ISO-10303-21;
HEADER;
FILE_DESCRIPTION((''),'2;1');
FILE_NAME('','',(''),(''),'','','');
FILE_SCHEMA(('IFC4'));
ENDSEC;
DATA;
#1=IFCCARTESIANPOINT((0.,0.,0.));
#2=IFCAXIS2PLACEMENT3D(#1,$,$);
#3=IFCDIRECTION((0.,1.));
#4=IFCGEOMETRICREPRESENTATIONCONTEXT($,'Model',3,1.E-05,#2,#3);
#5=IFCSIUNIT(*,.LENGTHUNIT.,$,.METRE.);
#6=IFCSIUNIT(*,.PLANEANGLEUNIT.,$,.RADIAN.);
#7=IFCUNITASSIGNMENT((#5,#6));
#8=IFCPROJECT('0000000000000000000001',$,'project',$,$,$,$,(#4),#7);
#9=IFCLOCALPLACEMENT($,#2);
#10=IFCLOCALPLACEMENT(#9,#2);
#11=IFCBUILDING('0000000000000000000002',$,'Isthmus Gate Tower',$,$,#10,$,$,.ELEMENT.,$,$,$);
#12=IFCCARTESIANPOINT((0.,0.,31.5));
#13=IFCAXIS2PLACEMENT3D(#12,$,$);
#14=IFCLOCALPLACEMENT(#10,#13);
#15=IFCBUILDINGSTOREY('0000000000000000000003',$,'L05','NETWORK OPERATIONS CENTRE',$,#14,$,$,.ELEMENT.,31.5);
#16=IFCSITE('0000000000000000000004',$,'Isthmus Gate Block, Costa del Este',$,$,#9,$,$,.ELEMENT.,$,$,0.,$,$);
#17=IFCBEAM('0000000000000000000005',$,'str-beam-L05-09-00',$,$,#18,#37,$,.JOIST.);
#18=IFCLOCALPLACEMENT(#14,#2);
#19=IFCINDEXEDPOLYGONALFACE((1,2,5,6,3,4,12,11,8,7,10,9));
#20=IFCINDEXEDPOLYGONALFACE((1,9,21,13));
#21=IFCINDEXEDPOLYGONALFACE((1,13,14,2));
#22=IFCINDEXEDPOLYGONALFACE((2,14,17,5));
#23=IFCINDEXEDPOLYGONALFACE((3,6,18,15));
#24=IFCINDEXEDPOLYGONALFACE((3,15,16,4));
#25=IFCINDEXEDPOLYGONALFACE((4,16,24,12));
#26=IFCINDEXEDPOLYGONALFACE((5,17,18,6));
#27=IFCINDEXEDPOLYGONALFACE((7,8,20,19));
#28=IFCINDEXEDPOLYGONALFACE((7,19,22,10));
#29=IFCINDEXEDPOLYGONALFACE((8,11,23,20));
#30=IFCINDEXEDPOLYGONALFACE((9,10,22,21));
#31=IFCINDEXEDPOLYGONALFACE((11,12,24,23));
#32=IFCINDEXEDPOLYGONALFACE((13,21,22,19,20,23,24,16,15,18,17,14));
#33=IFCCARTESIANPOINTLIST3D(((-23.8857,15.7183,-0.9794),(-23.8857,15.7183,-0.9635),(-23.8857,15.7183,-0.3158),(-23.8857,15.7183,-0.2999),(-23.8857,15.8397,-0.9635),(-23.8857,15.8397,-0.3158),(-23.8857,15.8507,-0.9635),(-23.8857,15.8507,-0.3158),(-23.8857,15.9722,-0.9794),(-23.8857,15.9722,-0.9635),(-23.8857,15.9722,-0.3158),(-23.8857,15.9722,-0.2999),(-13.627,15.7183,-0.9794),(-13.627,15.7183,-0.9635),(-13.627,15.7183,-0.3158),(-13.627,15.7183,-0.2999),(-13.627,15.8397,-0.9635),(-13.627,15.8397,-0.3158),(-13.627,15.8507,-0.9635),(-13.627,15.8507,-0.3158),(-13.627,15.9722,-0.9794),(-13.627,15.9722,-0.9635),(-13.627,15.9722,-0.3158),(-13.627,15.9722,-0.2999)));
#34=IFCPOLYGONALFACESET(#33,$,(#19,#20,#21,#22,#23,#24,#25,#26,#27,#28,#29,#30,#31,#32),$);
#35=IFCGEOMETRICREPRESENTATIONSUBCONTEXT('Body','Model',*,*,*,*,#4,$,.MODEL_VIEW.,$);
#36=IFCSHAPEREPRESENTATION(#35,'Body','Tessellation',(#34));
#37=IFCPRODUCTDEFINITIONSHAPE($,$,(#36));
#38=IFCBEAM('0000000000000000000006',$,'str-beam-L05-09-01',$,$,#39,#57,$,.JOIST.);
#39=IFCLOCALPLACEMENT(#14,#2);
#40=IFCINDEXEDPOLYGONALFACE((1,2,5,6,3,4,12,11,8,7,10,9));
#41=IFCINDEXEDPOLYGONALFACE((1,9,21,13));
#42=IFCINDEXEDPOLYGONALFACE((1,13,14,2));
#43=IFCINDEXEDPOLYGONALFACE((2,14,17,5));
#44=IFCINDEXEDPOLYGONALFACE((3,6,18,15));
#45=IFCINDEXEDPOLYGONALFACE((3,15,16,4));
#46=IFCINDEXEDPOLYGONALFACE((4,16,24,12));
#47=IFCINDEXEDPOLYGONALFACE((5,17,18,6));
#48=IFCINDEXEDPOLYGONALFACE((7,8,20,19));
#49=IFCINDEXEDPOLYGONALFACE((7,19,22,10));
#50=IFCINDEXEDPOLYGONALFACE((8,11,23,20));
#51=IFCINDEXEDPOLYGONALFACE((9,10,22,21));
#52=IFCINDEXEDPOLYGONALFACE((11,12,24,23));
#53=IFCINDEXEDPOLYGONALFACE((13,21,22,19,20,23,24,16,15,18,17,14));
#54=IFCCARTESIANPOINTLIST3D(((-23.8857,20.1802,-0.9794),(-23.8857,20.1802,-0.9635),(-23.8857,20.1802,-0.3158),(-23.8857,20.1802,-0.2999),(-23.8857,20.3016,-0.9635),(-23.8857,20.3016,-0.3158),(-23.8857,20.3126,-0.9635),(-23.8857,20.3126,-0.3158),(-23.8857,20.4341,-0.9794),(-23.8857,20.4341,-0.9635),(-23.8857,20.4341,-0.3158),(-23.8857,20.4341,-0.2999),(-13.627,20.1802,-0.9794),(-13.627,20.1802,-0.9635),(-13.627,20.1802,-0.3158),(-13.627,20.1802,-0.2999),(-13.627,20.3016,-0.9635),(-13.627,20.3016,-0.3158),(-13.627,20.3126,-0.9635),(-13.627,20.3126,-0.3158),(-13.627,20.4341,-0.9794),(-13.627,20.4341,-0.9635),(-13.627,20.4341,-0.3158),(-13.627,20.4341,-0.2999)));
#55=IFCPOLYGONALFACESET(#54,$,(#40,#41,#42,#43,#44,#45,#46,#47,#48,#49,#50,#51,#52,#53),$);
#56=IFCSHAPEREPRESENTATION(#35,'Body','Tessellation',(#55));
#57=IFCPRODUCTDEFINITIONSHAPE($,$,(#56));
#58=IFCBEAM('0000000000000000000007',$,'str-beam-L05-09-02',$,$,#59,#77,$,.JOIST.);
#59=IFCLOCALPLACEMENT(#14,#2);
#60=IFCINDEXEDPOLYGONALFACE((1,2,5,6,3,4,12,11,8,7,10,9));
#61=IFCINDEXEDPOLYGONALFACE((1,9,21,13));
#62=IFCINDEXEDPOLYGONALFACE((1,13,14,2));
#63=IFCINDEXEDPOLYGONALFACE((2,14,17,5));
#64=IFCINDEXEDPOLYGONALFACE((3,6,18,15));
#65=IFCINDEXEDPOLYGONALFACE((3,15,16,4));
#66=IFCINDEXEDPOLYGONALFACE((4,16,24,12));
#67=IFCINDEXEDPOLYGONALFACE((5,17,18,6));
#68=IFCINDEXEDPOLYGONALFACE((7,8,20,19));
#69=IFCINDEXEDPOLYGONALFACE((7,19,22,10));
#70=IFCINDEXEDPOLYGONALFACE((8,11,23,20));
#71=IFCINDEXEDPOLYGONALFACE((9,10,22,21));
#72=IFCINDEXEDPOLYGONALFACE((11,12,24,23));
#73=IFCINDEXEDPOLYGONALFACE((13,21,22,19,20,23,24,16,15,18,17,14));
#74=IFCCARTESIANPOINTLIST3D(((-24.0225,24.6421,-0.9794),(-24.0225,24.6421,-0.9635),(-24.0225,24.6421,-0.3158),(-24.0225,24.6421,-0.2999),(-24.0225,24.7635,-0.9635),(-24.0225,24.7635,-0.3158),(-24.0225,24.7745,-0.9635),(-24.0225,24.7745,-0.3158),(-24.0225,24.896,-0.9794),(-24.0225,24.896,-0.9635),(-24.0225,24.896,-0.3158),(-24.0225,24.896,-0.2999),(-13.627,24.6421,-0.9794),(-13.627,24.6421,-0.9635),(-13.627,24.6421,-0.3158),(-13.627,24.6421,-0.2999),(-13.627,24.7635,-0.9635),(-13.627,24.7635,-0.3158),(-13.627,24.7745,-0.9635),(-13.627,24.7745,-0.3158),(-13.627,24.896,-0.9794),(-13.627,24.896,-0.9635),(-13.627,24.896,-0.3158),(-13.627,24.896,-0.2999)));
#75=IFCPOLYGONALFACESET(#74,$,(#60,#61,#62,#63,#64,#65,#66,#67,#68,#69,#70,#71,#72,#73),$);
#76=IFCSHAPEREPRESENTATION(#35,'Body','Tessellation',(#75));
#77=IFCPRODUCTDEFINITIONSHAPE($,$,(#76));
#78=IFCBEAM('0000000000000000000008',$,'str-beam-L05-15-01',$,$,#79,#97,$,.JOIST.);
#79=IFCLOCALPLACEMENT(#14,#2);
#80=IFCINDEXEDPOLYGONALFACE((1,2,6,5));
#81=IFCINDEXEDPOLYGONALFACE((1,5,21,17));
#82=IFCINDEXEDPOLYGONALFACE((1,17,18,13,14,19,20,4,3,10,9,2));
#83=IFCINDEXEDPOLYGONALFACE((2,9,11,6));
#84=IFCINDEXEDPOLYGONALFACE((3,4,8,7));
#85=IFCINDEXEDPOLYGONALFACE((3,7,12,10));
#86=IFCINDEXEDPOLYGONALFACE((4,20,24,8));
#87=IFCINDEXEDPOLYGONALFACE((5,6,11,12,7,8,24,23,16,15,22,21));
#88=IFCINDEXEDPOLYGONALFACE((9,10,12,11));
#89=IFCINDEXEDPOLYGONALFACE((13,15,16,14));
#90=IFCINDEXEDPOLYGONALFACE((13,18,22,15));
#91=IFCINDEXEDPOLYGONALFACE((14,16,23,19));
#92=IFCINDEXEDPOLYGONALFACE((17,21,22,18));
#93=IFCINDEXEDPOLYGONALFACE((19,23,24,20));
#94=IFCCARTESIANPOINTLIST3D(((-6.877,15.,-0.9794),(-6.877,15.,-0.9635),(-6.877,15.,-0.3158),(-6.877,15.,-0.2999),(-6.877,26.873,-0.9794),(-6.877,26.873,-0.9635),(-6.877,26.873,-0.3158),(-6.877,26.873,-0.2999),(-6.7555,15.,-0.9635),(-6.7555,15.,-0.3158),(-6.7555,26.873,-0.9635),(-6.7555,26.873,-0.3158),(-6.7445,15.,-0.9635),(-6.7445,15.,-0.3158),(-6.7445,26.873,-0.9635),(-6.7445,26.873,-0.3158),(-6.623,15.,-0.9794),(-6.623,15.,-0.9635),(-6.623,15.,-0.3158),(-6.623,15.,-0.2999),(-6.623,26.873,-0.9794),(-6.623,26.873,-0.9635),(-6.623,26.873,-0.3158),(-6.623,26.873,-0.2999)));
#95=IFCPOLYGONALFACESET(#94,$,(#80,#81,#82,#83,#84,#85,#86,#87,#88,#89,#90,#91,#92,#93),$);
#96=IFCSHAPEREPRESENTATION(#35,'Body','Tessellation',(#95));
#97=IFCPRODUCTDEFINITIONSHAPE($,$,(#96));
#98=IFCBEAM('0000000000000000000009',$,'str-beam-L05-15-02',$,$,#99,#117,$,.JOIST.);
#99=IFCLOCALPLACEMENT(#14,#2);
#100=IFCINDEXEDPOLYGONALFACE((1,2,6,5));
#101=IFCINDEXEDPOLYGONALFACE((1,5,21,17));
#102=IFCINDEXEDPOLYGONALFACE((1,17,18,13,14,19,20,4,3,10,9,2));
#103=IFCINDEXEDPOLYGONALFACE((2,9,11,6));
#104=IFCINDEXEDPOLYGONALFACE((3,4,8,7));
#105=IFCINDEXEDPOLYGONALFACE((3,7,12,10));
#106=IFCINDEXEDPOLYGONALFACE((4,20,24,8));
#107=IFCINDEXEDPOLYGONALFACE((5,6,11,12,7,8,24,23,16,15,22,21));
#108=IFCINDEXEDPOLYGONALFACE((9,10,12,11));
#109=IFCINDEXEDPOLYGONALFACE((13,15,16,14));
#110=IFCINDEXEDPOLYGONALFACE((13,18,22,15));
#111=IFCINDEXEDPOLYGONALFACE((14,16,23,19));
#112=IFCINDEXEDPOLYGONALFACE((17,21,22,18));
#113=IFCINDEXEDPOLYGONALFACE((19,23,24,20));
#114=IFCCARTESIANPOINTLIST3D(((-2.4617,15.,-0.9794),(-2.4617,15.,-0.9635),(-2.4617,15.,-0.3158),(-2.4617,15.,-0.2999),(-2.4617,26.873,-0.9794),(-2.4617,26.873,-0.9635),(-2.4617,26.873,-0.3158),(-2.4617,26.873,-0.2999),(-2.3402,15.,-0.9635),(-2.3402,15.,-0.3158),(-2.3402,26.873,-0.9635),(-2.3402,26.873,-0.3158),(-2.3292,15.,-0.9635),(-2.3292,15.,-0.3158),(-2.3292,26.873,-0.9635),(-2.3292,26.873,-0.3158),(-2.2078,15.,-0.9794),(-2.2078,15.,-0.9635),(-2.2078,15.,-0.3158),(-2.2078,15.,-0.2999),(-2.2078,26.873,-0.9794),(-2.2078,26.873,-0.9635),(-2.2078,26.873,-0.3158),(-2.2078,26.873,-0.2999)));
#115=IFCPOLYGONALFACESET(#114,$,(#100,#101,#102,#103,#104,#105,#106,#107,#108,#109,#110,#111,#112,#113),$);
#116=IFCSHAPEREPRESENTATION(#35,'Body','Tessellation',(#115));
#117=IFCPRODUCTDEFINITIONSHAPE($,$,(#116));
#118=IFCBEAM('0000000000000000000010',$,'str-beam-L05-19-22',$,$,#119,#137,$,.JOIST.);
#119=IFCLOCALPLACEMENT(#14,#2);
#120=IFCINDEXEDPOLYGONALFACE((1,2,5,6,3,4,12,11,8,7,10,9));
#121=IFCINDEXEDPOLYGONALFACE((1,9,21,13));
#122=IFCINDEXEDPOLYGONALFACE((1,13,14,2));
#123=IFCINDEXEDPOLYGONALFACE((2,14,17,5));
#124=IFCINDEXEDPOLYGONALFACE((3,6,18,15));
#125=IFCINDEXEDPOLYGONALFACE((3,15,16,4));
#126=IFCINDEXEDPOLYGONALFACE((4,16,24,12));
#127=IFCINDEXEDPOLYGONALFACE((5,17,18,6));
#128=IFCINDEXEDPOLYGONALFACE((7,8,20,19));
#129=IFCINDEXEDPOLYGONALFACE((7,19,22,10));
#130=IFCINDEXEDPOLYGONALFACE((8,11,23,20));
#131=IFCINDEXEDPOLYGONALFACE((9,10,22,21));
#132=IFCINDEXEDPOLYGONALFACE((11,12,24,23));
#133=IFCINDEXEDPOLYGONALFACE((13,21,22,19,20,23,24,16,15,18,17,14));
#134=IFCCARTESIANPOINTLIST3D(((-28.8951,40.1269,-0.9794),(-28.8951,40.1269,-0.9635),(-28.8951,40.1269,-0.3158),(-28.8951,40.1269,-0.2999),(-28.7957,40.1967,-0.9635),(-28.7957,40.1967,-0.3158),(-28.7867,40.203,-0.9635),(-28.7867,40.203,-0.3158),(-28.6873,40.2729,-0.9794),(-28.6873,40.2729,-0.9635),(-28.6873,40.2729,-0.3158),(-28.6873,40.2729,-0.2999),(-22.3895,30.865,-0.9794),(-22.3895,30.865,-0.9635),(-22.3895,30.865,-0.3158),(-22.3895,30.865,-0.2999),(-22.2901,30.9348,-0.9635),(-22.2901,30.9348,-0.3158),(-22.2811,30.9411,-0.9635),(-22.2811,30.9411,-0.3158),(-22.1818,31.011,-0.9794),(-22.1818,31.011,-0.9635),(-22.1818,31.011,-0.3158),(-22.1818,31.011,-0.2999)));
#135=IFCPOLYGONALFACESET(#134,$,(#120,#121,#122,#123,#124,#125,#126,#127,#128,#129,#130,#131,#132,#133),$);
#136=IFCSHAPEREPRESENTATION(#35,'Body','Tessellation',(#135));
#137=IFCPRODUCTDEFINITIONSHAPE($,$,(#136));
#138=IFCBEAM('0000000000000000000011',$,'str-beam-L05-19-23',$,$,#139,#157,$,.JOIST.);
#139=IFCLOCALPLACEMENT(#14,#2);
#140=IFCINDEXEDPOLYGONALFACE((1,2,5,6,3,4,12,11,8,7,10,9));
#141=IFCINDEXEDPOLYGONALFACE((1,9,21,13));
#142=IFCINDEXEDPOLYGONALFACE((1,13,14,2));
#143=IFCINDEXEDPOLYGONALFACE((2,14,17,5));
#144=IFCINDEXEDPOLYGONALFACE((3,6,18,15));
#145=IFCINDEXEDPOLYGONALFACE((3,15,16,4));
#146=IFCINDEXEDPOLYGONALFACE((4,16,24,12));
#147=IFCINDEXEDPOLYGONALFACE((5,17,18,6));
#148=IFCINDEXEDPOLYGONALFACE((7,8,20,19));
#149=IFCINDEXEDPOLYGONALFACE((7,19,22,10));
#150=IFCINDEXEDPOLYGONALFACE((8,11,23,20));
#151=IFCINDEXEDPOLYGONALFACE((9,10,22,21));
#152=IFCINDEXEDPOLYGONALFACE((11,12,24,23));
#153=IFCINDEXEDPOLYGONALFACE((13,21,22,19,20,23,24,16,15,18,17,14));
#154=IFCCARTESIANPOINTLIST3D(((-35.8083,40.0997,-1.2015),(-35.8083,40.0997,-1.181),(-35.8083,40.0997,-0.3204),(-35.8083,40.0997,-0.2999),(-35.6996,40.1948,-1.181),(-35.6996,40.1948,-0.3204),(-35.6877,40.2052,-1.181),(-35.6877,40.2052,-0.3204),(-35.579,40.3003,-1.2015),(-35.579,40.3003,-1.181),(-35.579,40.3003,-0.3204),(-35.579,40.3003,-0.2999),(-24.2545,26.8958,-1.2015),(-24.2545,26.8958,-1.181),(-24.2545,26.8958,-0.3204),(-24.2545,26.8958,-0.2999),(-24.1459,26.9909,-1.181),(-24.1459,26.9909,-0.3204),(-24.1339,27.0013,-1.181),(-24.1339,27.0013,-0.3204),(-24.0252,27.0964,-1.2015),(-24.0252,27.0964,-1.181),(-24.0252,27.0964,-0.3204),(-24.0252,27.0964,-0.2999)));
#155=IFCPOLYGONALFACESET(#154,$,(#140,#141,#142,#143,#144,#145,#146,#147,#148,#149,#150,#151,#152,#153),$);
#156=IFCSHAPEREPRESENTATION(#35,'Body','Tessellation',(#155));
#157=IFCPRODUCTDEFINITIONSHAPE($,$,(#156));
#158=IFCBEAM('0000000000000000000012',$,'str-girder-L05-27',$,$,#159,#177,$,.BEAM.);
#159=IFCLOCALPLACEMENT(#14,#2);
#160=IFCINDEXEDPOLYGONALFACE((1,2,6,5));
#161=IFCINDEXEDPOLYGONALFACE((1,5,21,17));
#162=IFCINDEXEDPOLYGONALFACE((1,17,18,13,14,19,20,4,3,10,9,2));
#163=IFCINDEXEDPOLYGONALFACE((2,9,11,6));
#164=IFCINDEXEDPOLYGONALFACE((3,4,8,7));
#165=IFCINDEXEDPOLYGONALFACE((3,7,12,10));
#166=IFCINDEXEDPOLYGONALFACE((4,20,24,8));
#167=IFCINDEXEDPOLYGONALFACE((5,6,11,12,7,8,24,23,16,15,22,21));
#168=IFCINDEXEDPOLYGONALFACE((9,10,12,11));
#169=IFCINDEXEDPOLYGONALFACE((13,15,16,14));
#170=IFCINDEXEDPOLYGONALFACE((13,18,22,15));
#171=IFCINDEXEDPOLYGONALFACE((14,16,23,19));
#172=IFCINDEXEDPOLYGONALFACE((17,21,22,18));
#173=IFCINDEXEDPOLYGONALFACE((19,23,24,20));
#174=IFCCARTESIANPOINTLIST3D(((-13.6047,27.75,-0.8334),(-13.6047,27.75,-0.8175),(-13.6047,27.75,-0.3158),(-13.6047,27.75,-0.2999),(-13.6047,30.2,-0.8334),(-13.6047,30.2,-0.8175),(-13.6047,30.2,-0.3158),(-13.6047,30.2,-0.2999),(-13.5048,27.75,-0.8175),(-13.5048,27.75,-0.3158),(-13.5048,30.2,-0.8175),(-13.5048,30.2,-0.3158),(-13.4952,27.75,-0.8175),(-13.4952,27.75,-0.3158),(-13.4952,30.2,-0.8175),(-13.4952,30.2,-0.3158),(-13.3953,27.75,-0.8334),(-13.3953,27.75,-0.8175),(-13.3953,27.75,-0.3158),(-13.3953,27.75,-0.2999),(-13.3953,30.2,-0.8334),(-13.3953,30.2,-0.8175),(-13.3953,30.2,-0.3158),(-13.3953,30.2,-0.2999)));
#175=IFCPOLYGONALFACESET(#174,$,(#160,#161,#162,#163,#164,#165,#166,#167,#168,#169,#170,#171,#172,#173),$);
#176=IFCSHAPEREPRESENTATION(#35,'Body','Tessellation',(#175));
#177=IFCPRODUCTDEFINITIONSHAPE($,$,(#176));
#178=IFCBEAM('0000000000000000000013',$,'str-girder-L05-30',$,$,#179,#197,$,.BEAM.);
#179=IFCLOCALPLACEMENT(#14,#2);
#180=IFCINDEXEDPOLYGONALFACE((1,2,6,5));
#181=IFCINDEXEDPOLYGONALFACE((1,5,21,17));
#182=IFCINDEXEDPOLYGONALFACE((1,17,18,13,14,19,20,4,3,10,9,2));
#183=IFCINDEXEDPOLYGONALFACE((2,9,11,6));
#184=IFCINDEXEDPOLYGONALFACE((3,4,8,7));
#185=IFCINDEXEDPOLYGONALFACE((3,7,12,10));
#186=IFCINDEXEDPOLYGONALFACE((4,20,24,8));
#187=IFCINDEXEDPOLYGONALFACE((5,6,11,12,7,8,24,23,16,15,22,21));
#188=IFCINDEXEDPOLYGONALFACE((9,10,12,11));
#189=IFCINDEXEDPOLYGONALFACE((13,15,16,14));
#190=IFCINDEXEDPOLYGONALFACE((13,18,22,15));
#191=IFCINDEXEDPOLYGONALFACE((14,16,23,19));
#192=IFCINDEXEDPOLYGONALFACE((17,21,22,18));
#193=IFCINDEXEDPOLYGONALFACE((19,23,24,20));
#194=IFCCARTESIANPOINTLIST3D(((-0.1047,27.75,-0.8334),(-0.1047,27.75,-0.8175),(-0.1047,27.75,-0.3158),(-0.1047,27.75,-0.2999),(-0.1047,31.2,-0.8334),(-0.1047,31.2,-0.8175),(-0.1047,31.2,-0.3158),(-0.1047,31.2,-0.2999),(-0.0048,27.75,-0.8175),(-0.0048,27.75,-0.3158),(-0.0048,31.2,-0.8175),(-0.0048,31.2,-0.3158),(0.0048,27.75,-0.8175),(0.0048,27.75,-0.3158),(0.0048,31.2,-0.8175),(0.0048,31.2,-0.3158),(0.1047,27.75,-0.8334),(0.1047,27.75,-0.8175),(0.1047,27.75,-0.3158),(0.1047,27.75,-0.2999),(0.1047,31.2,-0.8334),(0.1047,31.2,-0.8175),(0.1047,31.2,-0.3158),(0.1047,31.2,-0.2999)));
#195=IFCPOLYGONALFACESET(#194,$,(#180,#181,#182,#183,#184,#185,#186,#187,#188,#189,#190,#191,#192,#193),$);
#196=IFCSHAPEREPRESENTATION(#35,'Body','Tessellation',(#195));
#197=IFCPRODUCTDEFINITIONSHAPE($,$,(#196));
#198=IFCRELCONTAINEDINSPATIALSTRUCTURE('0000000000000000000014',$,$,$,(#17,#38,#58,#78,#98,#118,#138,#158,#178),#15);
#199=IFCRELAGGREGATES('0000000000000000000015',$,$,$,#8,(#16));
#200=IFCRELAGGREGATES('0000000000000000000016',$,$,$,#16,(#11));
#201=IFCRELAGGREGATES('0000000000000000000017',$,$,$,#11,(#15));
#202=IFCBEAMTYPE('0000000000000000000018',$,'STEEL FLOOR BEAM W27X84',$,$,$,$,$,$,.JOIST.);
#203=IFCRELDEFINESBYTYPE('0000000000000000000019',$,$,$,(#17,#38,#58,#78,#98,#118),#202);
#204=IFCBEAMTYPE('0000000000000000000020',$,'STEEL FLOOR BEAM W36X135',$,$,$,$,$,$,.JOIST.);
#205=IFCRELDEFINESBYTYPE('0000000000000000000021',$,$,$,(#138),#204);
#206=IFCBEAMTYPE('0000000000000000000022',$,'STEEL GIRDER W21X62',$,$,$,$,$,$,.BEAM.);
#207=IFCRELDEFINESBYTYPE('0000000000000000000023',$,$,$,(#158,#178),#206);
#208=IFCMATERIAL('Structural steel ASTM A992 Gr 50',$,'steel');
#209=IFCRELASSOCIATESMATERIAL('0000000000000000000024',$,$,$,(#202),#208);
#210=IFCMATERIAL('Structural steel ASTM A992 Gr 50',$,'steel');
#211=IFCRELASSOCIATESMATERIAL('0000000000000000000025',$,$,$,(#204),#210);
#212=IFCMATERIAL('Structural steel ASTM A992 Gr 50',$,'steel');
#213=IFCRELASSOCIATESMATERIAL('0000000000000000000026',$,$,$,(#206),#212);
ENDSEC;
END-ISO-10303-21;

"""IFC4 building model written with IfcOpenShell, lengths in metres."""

from ifc_helpers import new_model, si_unit, direction, frame, origin, origin_2d, place, context, subcontext, project, spatial, i_section, extrude, material, material_profile, profile_set, type_object, element, save


model = new_model("IFC4")

# Units and contexts
model_context = context("Model", 3, precision=1e-05, world=origin(), true_north=direction((0.0, 1.0)))
body_context = subcontext(model_context, "Body", "Model", "MODEL_VIEW")
ifc_project = project(units=[si_unit("LENGTHUNIT", "METRE"), si_unit("PLANEANGLEUNIT", "RADIAN")], contexts=[model_context])

# Site, building, storey
site_placement = place(None, origin())
site = spatial("IfcSite", under=ifc_project, at=site_placement, Name="Isthmus Gate Block, Costa del Este", CompositionType="ELEMENT", RefElevation=0.0)
building_placement = place(site_placement, origin())
building = spatial("IfcBuilding", under=site, at=building_placement, Name="Isthmus Gate Tower", CompositionType="ELEMENT")
storey_placement = place(building_placement, frame((0.0, 0.0, 31.5)))
storey = spatial("IfcBuildingStorey", under=building, at=storey_placement, Name="L05", Description="NETWORK OPERATIONS CENTRE", CompositionType="ELEMENT", Elevation=31.5)

# Beams
ifc_material_1 = material(Name="Structural steel ASTM A992 Gr 50", Category="steel")
ifc_material_profile_1 = material_profile(ifc_material_1, i_section(OverallWidth=0.2539, OverallDepth=0.6794, WebThickness=0.011, FlangeThickness=0.0159, at=origin_2d()), Name="W27X84")
ifc_profile_set_1 = profile_set([ifc_material_profile_1], Name="Structural steel ASTM A992 Gr 50")
beam_type_1 = type_object("IfcBeamType", Name="STEEL FLOOR BEAM W27X84", PredefinedType="JOIST", material=ifc_profile_set_1)
for number, where, z_axis, x_axis, name in (
    (1, (-23.8857, 15.8452, -0.6396), (1.0, 0.0, 0.0), (0.0, 1.0, 0.0), "str-beam-L05-09-00"),
    (2, (-23.8857, 20.3071, -0.6396), (1.0, 0.0, 0.0), (0.0, 1.0, 0.0), "str-beam-L05-09-01"),
):
    element("IfcBeam", number, at=place(storey_placement, frame(where, z_axis=z_axis, x_axis=x_axis)), inside=storey, type_object=beam_type_1, Name=name, PredefinedType="JOIST", context=body_context, shape_type="SweptSolid", body=[
        extrude(i_section(OverallWidth=0.2539, OverallDepth=0.6794, WebThickness=0.011, FlangeThickness=0.0159, at=origin_2d()), origin(), (0.0, 0.0, 1.0), 10.2588),
    ])
beam_1_placement = place(storey_placement, frame((-24.0225, 24.769, -0.6396), z_axis=(1.0, 0.0, 0.0), x_axis=(0.0, 1.0, 0.0)))
element("IfcBeam", 3, at=beam_1_placement, inside=storey, type_object=beam_type_1, Name="str-beam-L05-09-02", PredefinedType="JOIST", context=body_context, shape_type="SweptSolid", body=[
    extrude(i_section(OverallWidth=0.2539, OverallDepth=0.6794, WebThickness=0.011, FlangeThickness=0.0159, at=origin_2d()), origin(), (0.0, 0.0, 1.0), 10.3955),
])
for number, where, z_axis, x_axis, name in (
    (4, (-6.75, 15.0, -0.6396), (0.0, 1.0, 0.0), (-1.0, 0.0, 0.0), "str-beam-L05-15-01"),
    (5, (-2.3347, 15.0, -0.6396), (0.0, 1.0, 0.0), (-1.0, 0.0, 0.0), "str-beam-L05-15-02"),
):
    element("IfcBeam", number, at=place(storey_placement, frame(where, z_axis=z_axis, x_axis=x_axis)), inside=storey, type_object=beam_type_1, Name=name, PredefinedType="JOIST", context=body_context, shape_type="SweptSolid", body=[
        extrude(i_section(OverallWidth=0.2539, OverallDepth=0.6794, WebThickness=0.011, FlangeThickness=0.0159, at=origin_2d()), origin(), (0.0, 0.0, 1.0), 11.873),
    ])
beam_2_placement = place(storey_placement, frame((-22.2856, 30.938, -0.6396), z_axis=(-0.57478, 0.818308, 0.0), x_axis=(-0.818308, -0.57478, 0.0)))
element("IfcBeam", 6, at=beam_2_placement, inside=storey, type_object=beam_type_1, Name="str-beam-L05-19-22", PredefinedType="JOIST", context=body_context, shape_type="SweptSolid", body=[
    extrude(i_section(OverallWidth=0.2539, OverallDepth=0.6794, WebThickness=0.011, FlangeThickness=0.0159, at=origin_2d()), origin(), (0.0, 0.0, 1.0), 11.3184),
])
ifc_material_2 = material(Name="Structural steel ASTM A992 Gr 50", Category="steel")
ifc_material_profile_2 = material_profile(ifc_material_2, i_section(OverallWidth=0.3047, OverallDepth=0.9016, WebThickness=0.0159, FlangeThickness=0.0205, at=origin_2d()), Name="W36X135")
ifc_profile_set_2 = profile_set([ifc_material_profile_2], Name="Structural steel ASTM A992 Gr 50")
beam_type_2 = type_object("IfcBeamType", Name="STEEL FLOOR BEAM W36X135", PredefinedType="JOIST", material=ifc_profile_set_2)
beam_3_placement = place(storey_placement, frame((-24.1399, 26.9961, -0.7507), z_axis=(-0.658515, 0.752567, 0.0), x_axis=(-0.752567, -0.658515, 0.0)))
element("IfcBeam", 7, at=beam_3_placement, inside=storey, type_object=beam_type_2, Name="str-beam-L05-19-23", PredefinedType="JOIST", context=body_context, shape_type="SweptSolid", body=[
    extrude(i_section(OverallWidth=0.3047, OverallDepth=0.9016, WebThickness=0.0159, FlangeThickness=0.0205, at=origin_2d()), origin(), (0.0, 0.0, 1.0), 17.5452),
])
ifc_material_3 = material(Name="Structural steel ASTM A992 Gr 50", Category="steel")
ifc_material_profile_3 = material_profile(ifc_material_3, i_section(OverallWidth=0.2095, OverallDepth=0.5334, WebThickness=0.0095, FlangeThickness=0.0159, at=origin_2d()), Name="W21X62")
ifc_profile_set_3 = profile_set([ifc_material_profile_3], Name="Structural steel ASTM A992 Gr 50")
beam_type_3 = type_object("IfcBeamType", Name="STEEL GIRDER W21X62", PredefinedType="BEAM", material=ifc_profile_set_3)
beam_4_placement = place(storey_placement, frame((-13.5, 27.75, -0.5667), z_axis=(0.0, 1.0, 0.0), x_axis=(-1.0, 0.0, 0.0)))
element("IfcBeam", 8, at=beam_4_placement, inside=storey, type_object=beam_type_3, Name="str-girder-L05-27", PredefinedType="BEAM", context=body_context, shape_type="SweptSolid", body=[
    extrude(i_section(OverallWidth=0.2095, OverallDepth=0.5334, WebThickness=0.0095, FlangeThickness=0.0159, at=origin_2d()), origin(), (0.0, 0.0, 1.0), 2.45),
])
beam_5_placement = place(storey_placement, frame((0.0, 27.75, -0.5667), z_axis=(0.0, 1.0, 0.0), x_axis=(-1.0, 0.0, 0.0)))
element("IfcBeam", 9, at=beam_5_placement, inside=storey, type_object=beam_type_3, Name="str-girder-L05-30", PredefinedType="BEAM", context=body_context, shape_type="SweptSolid", body=[
    extrude(i_section(OverallWidth=0.2095, OverallDepth=0.5334, WebThickness=0.0095, FlangeThickness=0.0159, at=origin_2d()), origin(), (0.0, 0.0, 1.0), 3.45),
])

save(model, "model.ifc")
